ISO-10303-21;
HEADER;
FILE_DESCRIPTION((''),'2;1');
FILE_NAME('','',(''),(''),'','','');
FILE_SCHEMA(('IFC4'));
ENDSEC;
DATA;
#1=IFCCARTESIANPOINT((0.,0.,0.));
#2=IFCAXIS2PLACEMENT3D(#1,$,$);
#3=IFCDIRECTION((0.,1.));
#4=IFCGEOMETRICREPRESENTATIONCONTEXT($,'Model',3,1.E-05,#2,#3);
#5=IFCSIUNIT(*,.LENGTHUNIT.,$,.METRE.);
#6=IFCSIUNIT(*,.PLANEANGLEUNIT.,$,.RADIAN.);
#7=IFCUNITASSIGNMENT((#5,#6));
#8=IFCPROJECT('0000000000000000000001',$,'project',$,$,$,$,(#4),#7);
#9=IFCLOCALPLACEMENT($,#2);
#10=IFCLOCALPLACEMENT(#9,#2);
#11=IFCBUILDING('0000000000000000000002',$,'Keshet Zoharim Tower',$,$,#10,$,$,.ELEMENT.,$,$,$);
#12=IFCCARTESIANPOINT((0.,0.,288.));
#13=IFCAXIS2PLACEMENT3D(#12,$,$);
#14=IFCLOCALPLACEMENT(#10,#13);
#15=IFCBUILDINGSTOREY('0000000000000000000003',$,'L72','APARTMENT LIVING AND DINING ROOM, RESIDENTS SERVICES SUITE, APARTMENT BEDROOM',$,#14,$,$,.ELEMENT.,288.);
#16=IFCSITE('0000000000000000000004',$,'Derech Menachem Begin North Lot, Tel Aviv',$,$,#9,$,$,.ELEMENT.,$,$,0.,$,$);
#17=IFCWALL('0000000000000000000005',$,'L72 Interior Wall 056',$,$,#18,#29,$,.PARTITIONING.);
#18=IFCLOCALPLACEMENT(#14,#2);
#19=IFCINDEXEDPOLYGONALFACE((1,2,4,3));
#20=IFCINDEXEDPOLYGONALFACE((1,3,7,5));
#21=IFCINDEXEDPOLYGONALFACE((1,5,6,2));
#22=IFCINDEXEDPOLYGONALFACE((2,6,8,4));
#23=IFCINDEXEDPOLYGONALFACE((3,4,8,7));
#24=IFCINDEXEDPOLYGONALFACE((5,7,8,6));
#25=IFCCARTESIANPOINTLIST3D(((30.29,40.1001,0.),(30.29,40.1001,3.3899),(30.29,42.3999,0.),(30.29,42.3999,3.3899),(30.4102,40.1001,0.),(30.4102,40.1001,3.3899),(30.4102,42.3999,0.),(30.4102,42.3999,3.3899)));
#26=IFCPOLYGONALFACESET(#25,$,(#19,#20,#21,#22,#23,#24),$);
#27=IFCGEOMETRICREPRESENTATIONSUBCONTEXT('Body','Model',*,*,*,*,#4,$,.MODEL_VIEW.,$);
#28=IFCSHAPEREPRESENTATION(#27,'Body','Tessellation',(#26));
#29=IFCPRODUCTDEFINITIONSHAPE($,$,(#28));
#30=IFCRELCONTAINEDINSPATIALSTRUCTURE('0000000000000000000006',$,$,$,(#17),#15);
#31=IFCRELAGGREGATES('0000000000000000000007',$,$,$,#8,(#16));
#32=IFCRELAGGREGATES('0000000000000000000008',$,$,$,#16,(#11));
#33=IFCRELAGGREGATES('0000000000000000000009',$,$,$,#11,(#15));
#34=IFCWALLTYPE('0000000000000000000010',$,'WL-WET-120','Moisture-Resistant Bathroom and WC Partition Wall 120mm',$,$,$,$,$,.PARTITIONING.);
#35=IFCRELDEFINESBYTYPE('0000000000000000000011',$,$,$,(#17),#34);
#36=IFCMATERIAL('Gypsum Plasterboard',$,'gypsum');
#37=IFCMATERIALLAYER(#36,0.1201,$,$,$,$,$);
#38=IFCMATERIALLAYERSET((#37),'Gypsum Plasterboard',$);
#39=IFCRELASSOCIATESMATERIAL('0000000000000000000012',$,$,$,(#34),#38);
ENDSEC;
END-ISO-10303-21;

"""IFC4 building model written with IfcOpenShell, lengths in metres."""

from ifc_helpers import new_model, si_unit, direction, frame, frame_2d, origin, place, context, subcontext, project, spatial, rectangle, extrude, material, layer, layer_set, type_object, element, save


model = new_model("IFC4")

# Units and contexts
model_context = context("Model", 3, precision=1e-05, world=origin(), true_north=direction((0.0, 1.0)))
body_context = subcontext(model_context, "Body", "Model", "MODEL_VIEW")
ifc_project = project(units=[si_unit("LENGTHUNIT", "METRE"), si_unit("PLANEANGLEUNIT", "RADIAN")], contexts=[model_context])

# Site, building, storey
site_placement = place(None, origin())
site = spatial("IfcSite", under=ifc_project, at=site_placement, Name="Derech Menachem Begin North Lot, Tel Aviv", CompositionType="ELEMENT", RefElevation=0.0)
building_placement = place(site_placement, origin())
building = spatial("IfcBuilding", under=site, at=building_placement, Name="Keshet Zoharim Tower", CompositionType="ELEMENT")
storey_placement = place(building_placement, frame((0.0, 0.0, 288.0)))
storey = spatial("IfcBuildingStorey", under=building, at=storey_placement, Name="L72", Description="APARTMENT LIVING AND DINING ROOM, RESIDENTS SERVICES SUITE, APARTMENT BEDROOM", CompositionType="ELEMENT", Elevation=288.0)

# Shared definitions
ifc_material_1 = material(Name="Gypsum Plasterboard", Category="gypsum")

# Wall
ifc_layer_1 = layer(ifc_material_1, 0.1201)
ifc_layer_set_1 = layer_set([ifc_layer_1], Name="Gypsum Plasterboard")
wall_type_1 = type_object("IfcWallType", Name="WL-WET-120", Description="Moisture-Resistant Bathroom and WC Partition Wall 120mm", PredefinedType="PARTITIONING", material=ifc_layer_set_1)
for number, where, z_axis, x_axis, name in (
    (1, (30.3501, 40.1001, 0.0), (0.0, 0.0, 1.0), (0.0, 1.0, 0.0), "L72 Interior Wall 056"),
):
    element("IfcWall", number, at=place(storey_placement, frame(where, z_axis=z_axis, x_axis=x_axis)), inside=storey, type_object=wall_type_1, Name=name, PredefinedType="PARTITIONING", context=body_context, shape_type="SweptSolid", body=[
        extrude(rectangle(XDim=2.2998, YDim=0.1201, at=frame_2d((1.1499, 0.0))), origin(), (0.0, 0.0, 1.0), 3.3899),
    ])

save(model, "model.ifc")
